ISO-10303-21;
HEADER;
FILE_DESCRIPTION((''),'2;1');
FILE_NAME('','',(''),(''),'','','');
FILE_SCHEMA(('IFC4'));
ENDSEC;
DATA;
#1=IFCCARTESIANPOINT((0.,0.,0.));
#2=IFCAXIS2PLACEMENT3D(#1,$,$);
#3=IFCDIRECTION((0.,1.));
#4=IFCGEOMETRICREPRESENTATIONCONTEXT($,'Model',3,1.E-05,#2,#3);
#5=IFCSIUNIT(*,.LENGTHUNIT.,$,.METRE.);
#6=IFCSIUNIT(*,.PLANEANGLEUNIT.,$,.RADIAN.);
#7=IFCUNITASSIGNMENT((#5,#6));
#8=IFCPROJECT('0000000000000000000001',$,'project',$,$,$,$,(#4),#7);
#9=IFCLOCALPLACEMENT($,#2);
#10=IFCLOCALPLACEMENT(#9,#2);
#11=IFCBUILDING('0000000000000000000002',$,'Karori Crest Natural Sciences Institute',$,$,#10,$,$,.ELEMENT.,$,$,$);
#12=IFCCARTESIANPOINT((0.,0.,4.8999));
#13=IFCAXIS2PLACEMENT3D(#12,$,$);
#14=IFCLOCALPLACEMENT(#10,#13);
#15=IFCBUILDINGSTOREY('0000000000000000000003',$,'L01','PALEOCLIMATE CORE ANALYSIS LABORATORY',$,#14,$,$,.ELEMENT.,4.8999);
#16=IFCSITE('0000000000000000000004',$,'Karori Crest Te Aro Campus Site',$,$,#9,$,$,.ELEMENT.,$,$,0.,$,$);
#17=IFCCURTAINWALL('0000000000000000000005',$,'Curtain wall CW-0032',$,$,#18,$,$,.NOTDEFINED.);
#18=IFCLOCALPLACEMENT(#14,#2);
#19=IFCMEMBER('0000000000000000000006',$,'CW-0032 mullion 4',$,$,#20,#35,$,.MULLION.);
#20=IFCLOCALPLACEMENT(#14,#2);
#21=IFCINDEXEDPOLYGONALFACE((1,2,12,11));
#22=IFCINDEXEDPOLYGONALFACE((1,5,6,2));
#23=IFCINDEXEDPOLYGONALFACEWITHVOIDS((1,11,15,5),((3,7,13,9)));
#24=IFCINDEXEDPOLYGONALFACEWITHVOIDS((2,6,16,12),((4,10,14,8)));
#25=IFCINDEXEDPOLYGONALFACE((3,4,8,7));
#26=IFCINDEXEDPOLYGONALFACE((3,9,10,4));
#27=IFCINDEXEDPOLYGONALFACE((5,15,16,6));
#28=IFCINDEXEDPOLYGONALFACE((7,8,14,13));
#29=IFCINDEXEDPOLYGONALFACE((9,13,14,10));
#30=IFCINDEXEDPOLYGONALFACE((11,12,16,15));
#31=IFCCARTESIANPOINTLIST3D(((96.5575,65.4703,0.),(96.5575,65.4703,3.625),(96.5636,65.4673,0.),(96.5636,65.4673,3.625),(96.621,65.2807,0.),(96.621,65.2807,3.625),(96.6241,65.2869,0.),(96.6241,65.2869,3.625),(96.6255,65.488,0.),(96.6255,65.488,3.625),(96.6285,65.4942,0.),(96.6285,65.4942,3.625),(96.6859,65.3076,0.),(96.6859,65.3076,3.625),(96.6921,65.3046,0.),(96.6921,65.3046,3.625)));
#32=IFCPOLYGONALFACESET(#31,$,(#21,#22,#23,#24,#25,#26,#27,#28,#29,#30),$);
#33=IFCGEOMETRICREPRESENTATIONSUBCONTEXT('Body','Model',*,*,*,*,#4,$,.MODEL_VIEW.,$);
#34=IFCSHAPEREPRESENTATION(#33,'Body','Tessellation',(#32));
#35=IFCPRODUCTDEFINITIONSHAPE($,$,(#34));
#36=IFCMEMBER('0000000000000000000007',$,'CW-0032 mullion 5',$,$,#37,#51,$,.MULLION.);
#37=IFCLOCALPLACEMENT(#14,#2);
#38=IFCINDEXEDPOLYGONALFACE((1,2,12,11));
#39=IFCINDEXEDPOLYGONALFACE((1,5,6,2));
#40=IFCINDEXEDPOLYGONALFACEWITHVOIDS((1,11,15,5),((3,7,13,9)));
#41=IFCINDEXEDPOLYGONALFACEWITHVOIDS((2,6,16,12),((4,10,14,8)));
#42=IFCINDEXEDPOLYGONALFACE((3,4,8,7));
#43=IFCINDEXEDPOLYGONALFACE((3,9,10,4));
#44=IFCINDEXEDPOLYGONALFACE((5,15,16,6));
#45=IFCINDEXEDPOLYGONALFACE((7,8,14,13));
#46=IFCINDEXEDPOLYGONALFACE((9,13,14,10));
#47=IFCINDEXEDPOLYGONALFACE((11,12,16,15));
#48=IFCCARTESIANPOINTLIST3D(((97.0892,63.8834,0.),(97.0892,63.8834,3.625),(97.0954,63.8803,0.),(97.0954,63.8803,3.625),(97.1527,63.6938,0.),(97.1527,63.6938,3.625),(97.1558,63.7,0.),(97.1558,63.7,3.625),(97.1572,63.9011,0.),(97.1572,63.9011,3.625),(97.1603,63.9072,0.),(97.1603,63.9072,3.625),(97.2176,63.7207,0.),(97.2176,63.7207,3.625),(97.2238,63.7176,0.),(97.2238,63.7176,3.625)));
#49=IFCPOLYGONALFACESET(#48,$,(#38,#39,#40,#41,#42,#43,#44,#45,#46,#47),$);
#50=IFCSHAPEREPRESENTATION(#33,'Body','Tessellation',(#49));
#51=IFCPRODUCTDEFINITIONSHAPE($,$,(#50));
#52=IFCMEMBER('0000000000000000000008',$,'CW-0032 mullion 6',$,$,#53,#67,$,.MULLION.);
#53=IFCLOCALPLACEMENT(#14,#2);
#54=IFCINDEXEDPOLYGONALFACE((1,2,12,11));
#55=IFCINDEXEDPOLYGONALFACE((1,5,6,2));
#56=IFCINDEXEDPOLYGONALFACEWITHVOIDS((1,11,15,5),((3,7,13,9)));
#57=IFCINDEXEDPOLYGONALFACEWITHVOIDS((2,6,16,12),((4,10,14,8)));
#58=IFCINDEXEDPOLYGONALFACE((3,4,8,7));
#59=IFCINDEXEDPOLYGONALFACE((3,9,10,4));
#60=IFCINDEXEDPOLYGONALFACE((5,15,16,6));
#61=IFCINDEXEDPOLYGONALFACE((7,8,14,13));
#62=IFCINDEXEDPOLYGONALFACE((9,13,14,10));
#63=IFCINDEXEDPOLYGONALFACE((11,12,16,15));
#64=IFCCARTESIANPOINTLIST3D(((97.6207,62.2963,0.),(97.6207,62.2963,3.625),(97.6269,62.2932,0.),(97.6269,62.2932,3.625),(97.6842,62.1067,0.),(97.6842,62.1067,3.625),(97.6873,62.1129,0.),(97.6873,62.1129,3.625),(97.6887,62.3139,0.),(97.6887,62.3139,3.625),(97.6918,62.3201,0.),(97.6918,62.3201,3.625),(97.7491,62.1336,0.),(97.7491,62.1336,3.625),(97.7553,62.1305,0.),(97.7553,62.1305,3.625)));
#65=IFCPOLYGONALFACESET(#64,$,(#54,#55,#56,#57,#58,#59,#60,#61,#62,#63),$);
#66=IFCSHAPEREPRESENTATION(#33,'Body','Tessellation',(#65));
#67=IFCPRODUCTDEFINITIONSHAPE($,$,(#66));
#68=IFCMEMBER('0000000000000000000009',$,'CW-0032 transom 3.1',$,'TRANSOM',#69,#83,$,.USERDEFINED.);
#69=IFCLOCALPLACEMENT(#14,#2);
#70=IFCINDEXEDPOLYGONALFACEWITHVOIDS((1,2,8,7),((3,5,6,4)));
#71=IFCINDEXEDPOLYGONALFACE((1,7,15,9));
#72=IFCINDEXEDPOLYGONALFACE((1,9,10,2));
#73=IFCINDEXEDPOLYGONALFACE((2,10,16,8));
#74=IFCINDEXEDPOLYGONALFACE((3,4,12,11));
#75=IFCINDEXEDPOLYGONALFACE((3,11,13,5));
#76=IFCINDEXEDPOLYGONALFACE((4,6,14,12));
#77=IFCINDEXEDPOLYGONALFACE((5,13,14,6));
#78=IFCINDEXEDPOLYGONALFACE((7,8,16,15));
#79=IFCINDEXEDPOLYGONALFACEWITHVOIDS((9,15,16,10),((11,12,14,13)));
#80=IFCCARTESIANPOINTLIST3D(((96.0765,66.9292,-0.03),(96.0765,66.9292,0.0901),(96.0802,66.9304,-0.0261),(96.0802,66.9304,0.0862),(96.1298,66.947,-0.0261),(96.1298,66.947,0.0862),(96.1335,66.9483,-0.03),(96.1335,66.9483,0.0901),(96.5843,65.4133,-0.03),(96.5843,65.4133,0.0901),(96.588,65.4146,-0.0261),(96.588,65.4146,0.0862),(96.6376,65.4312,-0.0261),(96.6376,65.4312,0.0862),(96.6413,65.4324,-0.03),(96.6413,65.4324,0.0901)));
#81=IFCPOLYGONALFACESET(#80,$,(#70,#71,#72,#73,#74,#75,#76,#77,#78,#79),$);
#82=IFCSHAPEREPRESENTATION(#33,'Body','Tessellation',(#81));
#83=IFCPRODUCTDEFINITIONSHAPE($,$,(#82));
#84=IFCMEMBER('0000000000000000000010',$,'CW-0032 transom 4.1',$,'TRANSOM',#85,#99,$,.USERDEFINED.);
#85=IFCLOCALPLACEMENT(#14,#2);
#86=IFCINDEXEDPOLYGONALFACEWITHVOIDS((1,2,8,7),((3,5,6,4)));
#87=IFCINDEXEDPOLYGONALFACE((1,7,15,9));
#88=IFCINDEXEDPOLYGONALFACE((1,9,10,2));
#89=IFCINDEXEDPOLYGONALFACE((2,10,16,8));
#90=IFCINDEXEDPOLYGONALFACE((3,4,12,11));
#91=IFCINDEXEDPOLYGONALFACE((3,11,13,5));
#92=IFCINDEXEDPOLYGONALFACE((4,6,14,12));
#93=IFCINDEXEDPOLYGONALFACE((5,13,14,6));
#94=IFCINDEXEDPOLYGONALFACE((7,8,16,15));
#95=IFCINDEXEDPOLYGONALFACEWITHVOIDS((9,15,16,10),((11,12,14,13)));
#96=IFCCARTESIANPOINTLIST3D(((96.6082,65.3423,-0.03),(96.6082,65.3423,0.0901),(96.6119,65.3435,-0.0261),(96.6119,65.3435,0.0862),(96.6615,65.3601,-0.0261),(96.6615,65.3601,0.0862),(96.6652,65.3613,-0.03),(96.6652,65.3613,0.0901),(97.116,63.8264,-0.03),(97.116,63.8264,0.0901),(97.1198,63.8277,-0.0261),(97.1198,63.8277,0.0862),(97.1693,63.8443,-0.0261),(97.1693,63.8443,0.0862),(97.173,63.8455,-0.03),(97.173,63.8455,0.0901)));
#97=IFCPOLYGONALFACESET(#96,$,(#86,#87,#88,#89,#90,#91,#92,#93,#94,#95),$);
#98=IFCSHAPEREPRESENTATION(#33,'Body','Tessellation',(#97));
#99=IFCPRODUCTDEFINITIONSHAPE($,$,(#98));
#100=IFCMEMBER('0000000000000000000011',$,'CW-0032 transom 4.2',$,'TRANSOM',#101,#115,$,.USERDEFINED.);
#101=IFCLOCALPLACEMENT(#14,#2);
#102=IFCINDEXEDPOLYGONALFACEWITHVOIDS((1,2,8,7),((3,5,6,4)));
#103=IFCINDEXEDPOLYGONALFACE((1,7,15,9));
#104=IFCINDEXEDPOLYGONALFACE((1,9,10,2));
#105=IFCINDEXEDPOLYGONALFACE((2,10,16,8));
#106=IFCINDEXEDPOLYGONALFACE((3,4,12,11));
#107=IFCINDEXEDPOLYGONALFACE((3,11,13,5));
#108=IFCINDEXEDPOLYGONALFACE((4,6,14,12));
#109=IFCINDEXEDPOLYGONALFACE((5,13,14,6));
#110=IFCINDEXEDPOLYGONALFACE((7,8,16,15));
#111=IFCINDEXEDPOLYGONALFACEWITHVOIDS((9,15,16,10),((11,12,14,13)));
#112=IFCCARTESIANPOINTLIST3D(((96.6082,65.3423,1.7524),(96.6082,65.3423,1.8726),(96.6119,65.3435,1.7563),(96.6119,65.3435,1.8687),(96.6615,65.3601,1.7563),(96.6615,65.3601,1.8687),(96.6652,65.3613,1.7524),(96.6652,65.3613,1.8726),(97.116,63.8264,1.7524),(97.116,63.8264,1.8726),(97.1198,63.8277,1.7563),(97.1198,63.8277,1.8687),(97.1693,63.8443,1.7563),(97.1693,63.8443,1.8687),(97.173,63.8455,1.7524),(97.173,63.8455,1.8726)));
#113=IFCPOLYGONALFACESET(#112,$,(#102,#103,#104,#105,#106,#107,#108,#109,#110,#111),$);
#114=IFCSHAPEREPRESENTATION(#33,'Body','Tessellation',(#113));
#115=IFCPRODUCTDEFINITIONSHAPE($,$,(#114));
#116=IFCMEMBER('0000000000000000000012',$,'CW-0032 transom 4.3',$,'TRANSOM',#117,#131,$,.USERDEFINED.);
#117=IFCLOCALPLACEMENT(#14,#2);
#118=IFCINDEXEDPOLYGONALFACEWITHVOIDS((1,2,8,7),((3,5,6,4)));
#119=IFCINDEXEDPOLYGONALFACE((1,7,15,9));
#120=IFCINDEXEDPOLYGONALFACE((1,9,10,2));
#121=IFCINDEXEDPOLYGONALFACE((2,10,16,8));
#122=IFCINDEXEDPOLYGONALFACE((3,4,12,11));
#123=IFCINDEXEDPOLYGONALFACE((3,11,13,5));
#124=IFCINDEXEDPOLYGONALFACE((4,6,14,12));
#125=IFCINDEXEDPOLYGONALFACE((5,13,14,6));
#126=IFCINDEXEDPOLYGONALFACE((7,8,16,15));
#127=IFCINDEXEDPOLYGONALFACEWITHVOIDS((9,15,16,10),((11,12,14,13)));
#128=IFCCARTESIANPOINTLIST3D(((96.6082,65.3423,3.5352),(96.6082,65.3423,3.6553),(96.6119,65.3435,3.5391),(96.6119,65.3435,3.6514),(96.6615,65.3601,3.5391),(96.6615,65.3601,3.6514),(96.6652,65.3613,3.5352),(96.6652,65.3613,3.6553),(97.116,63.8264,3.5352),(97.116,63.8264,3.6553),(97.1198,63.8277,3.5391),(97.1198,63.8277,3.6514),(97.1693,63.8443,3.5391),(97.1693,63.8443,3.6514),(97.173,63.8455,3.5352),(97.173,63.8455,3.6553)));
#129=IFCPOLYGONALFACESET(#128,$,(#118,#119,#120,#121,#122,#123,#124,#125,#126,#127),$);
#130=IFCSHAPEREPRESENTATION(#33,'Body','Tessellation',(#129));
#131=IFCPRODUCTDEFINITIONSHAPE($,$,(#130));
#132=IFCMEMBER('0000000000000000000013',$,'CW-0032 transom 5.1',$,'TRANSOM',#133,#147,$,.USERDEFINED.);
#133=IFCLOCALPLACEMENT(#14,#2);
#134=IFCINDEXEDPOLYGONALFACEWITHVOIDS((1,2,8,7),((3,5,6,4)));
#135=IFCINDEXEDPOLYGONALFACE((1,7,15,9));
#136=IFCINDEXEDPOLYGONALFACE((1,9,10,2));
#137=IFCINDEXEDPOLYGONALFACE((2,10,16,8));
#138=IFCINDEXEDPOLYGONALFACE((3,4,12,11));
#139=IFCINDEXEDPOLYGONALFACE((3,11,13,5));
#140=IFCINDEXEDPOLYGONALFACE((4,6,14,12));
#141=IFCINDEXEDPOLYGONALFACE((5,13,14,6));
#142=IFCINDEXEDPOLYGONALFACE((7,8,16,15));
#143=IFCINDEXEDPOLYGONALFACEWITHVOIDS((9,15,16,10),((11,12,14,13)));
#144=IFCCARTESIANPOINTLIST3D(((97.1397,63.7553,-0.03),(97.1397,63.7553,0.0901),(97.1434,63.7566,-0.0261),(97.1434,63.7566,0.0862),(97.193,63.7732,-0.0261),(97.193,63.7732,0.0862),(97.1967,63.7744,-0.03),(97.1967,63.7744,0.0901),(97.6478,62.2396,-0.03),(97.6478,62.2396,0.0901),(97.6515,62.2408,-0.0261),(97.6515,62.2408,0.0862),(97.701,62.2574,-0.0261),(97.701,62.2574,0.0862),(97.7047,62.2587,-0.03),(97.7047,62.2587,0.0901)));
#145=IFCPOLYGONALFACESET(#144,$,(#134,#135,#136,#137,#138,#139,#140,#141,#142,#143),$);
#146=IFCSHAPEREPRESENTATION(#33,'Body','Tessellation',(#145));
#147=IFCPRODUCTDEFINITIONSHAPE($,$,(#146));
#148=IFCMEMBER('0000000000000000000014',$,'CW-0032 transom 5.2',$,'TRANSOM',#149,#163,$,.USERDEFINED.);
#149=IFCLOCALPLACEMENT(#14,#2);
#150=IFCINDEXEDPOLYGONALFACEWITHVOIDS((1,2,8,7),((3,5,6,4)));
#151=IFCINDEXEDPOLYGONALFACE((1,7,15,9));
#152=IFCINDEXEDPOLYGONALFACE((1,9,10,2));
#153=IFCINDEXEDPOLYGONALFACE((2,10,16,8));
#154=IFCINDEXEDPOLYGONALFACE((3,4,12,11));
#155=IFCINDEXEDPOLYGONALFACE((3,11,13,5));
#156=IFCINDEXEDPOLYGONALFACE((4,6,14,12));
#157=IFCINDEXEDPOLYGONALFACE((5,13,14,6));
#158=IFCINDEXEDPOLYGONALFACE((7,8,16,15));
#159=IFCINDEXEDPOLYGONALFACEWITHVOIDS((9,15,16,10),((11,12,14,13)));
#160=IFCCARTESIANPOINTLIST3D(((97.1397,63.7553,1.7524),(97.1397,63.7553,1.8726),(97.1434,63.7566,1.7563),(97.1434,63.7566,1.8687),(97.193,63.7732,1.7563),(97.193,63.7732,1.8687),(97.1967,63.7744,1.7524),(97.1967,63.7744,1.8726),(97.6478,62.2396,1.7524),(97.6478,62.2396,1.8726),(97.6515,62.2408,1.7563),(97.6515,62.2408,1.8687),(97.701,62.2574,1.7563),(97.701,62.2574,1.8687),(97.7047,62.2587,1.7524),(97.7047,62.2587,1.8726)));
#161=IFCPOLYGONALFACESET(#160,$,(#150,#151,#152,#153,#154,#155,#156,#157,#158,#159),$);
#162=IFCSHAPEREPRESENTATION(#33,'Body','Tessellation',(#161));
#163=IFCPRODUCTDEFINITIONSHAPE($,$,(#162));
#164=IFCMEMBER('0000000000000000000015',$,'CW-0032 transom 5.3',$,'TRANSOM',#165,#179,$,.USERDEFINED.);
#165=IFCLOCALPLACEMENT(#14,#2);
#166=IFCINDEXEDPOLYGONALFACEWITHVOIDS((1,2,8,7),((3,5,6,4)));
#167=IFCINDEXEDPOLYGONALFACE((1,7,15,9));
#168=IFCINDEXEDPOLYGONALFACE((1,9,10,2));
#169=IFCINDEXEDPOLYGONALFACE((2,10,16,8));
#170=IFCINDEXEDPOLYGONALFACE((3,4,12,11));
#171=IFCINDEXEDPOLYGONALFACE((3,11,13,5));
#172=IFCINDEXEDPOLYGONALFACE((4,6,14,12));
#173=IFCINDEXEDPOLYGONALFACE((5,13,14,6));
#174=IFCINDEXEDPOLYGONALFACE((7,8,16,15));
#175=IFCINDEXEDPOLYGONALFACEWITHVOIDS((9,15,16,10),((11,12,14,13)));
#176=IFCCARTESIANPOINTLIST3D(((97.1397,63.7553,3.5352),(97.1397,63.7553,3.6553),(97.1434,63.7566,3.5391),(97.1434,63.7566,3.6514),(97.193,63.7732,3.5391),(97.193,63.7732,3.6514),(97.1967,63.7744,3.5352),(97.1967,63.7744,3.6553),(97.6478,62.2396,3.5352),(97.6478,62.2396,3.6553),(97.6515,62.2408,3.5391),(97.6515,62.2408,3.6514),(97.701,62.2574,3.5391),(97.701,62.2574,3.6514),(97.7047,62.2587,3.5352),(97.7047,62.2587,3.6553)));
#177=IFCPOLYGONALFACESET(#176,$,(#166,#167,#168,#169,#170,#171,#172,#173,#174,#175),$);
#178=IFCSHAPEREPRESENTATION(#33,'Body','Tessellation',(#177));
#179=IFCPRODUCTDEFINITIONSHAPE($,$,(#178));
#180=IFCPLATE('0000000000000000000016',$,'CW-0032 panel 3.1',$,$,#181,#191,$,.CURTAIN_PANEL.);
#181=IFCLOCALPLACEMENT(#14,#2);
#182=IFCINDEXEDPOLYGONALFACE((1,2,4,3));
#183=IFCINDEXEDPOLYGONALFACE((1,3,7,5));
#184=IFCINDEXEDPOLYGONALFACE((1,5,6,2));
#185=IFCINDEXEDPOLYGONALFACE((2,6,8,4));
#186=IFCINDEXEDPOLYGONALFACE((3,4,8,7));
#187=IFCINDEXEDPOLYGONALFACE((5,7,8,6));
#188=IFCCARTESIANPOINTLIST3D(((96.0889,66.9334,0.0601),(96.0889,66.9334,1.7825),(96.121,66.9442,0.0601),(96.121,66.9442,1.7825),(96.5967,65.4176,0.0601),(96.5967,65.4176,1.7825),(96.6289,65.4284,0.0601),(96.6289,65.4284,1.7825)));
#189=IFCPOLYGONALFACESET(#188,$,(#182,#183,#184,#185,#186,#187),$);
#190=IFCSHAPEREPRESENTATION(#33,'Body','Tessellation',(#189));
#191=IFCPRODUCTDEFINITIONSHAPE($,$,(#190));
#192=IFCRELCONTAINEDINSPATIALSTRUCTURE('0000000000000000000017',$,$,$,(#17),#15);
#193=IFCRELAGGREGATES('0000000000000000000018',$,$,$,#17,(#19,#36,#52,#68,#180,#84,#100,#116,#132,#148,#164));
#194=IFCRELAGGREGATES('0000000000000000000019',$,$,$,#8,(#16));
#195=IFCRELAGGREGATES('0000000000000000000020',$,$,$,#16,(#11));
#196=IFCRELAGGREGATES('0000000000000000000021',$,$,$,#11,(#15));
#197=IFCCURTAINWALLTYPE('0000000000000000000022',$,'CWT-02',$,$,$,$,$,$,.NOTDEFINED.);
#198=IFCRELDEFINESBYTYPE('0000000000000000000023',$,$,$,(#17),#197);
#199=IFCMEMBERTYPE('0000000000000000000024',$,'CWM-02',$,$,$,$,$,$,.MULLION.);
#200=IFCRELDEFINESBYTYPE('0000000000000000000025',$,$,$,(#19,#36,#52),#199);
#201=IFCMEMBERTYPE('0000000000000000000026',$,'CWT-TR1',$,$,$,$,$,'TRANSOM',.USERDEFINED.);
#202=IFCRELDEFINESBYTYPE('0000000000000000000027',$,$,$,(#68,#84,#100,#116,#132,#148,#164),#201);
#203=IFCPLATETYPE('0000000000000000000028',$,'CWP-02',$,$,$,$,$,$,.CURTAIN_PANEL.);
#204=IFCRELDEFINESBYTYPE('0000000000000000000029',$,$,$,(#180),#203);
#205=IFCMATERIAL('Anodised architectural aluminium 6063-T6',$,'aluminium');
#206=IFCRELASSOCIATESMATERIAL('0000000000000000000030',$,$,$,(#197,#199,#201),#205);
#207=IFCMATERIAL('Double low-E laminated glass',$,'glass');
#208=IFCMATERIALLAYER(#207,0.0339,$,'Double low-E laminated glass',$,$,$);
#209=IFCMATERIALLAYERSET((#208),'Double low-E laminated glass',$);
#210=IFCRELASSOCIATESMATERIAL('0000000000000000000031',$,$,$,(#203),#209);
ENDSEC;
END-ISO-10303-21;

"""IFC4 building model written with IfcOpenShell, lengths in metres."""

from ifc_helpers import new_model, si_unit, direction, frame, origin, origin_2d, place, context, subcontext, project, spatial, rectangle, hollow_rectangle, extrude, material, layer, layer_set, material_profile, profile_set, type_object, element, aggregate, save


model = new_model("IFC4")

# Units and contexts
model_context = context("Model", 3, precision=1e-05, world=origin(), true_north=direction((0.0, 1.0)))
body_context = subcontext(model_context, "Body", "Model", "MODEL_VIEW")
ifc_project = project(units=[si_unit("LENGTHUNIT", "METRE"), si_unit("PLANEANGLEUNIT", "RADIAN")], contexts=[model_context])

# Site, building, storey
site_placement = place(None, origin())
site = spatial("IfcSite", under=ifc_project, at=site_placement, Name="Karori Crest Te Aro Campus Site", CompositionType="ELEMENT", RefElevation=0.0)
building_placement = place(site_placement, origin())
building = spatial("IfcBuilding", under=site, at=building_placement, Name="Karori Crest Natural Sciences Institute", CompositionType="ELEMENT")
storey_placement = place(building_placement, frame((0.0, 0.0, 4.8999)))
storey = spatial("IfcBuildingStorey", under=building, at=storey_placement, Name="L01", Description="PALEOCLIMATE CORE ANALYSIS LABORATORY", CompositionType="ELEMENT", Elevation=4.8999)

# Curtain wall, members, plate
ifc_material_1 = material(Name="Anodised architectural aluminium 6063-T6", Category="aluminium")
curtain_wall_type = type_object("IfcCurtainWallType", Name="CWT-02", PredefinedType="NOTDEFINED", material=ifc_material_1)
curtain_wall_placement = place(storey_placement, origin())
curtain_wall = element("IfcCurtainWall", 1, at=curtain_wall_placement, inside=storey, type_object=curtain_wall_type, Name="Curtain wall CW-0032", PredefinedType="NOTDEFINED")
ifc_material_profile_1 = material_profile(ifc_material_1, hollow_rectangle(XDim=0.075, YDim=0.2, WallThickness=0.0049, at=origin_2d()), Name="CWM200x75x5")
ifc_profile_set_1 = profile_set([ifc_material_profile_1], Name="Anodised architectural aluminium 6063-T6")
member_type_1 = type_object("IfcMemberType", Name="CWM-02", PredefinedType="MULLION", material=ifc_profile_set_1)
member_1_placement = place(storey_placement, frame((96.6248, 65.3875, 0.0), z_axis=(0.0, 0.0, 1.0), x_axis=(0.948196, 0.317685, 0.0)))
member_1 = element("IfcMember", 2, at=member_1_placement, type_object=member_type_1, Name="CW-0032 mullion 4", PredefinedType="MULLION", context=body_context, shape_type="SweptSolid", body=[
    extrude(hollow_rectangle(XDim=0.075, YDim=0.2, WallThickness=0.0049, at=origin_2d()), origin(), (0.0, 0.0, 1.0), 3.625),
])
member_2_placement = place(storey_placement, frame((97.1565, 63.8005, 0.0), z_axis=(0.0, 0.0, 1.0), x_axis=(0.948196, 0.317685, 0.0)))
member_2 = element("IfcMember", 3, at=member_2_placement, type_object=member_type_1, Name="CW-0032 mullion 5", PredefinedType="MULLION", context=body_context, shape_type="SweptSolid", body=[
    extrude(hollow_rectangle(XDim=0.075, YDim=0.2, WallThickness=0.0049, at=origin_2d()), origin(), (0.0, 0.0, 1.0), 3.625),
])
member_3_placement = place(storey_placement, frame((97.688, 62.2134, 0.0), z_axis=(0.0, 0.0, 1.0), x_axis=(0.948196, 0.317685, 0.0)))
member_3 = element("IfcMember", 4, at=member_3_placement, type_object=member_type_1, Name="CW-0032 mullion 6", PredefinedType="MULLION", context=body_context, shape_type="SweptSolid", body=[
    extrude(hollow_rectangle(XDim=0.075, YDim=0.2, WallThickness=0.0049, at=origin_2d()), origin(), (0.0, 0.0, 1.0), 3.625),
])
ifc_material_profile_2 = material_profile(ifc_material_1, hollow_rectangle(XDim=0.0601, YDim=0.1201, WallThickness=0.0039, at=origin_2d()), Name="CWT120x60x4")
ifc_profile_set_2 = profile_set([ifc_material_profile_2], Name="Anodised architectural aluminium 6063-T6")
member_type_2 = type_object("IfcMemberType", Name="CWT-TR1", ElementType="TRANSOM", PredefinedType="USERDEFINED", material=ifc_profile_set_2)
member_4_placement = place(storey_placement, frame((96.105, 66.9387, 0.03), z_axis=(0.317648, -0.948209, 0.0), x_axis=(0.948209, 0.317648, 0.0)))
member_4 = element("IfcMember", 5, at=member_4_placement, type_object=member_type_2, Name="CW-0032 transom 3.1", ObjectType="TRANSOM", PredefinedType="USERDEFINED", context=body_context, shape_type="SweptSolid", body=[
    extrude(hollow_rectangle(XDim=0.0601, YDim=0.1201, WallThickness=0.0039, at=origin_2d()), origin(), (0.0, 0.0, 1.0), 1.5986),
])
member_5_placement = place(storey_placement, frame((96.6367, 65.3518, 0.03), z_axis=(0.317648, -0.948209, 0.0), x_axis=(0.948209, 0.317648, 0.0)))
member_5 = element("IfcMember", 6, at=member_5_placement, type_object=member_type_2, Name="CW-0032 transom 4.1", ObjectType="TRANSOM", PredefinedType="USERDEFINED", context=body_context, shape_type="SweptSolid", body=[
    extrude(hollow_rectangle(XDim=0.0601, YDim=0.1201, WallThickness=0.0039, at=origin_2d()), origin(), (0.0, 0.0, 1.0), 1.5986),
])
member_6_placement = place(storey_placement, frame((96.6367, 65.3518, 1.8125), z_axis=(0.317648, -0.948209, 0.0), x_axis=(0.948209, 0.317648, 0.0)))
member_6 = element("IfcMember", 7, at=member_6_placement, type_object=member_type_2, Name="CW-0032 transom 4.2", ObjectType="TRANSOM", PredefinedType="USERDEFINED", context=body_context, shape_type="SweptSolid", body=[
    extrude(hollow_rectangle(XDim=0.0601, YDim=0.1201, WallThickness=0.0039, at=origin_2d()), origin(), (0.0, 0.0, 1.0), 1.5986),
])
member_7_placement = place(storey_placement, frame((96.6367, 65.3518, 3.5952), z_axis=(0.317648, -0.948209, 0.0), x_axis=(0.948209, 0.317648, 0.0)))
member_7 = element("IfcMember", 8, at=member_7_placement, type_object=member_type_2, Name="CW-0032 transom 4.3", ObjectType="TRANSOM", PredefinedType="USERDEFINED", context=body_context, shape_type="SweptSolid", body=[
    extrude(hollow_rectangle(XDim=0.0601, YDim=0.1201, WallThickness=0.0039, at=origin_2d()), origin(), (0.0, 0.0, 1.0), 1.5986),
])
member_8_placement = place(storey_placement, frame((97.1682, 63.7649, 0.03), z_axis=(0.317785, -0.948163, 0.0), x_axis=(0.948163, 0.317785, 0.0)))
member_8 = element("IfcMember", 9, at=member_8_placement, type_object=member_type_2, Name="CW-0032 transom 5.1", ObjectType="TRANSOM", PredefinedType="USERDEFINED", context=body_context, shape_type="SweptSolid", body=[
    extrude(hollow_rectangle(XDim=0.0601, YDim=0.1201, WallThickness=0.0039, at=origin_2d()), origin(), (0.0, 0.0, 1.0), 1.5986),
])
member_9_placement = place(storey_placement, frame((97.1682, 63.7649, 1.8125), z_axis=(0.317785, -0.948163, 0.0), x_axis=(0.948163, 0.317785, 0.0)))
member_9 = element("IfcMember", 10, at=member_9_placement, type_object=member_type_2, Name="CW-0032 transom 5.2", ObjectType="TRANSOM", PredefinedType="USERDEFINED", context=body_context, shape_type="SweptSolid", body=[
    extrude(hollow_rectangle(XDim=0.0601, YDim=0.1201, WallThickness=0.0039, at=origin_2d()), origin(), (0.0, 0.0, 1.0), 1.5986),
])
member_10_placement = place(storey_placement, frame((97.1682, 63.7649, 3.5952), z_axis=(0.317785, -0.948163, 0.0), x_axis=(0.948163, 0.317785, 0.0)))
member_10 = element("IfcMember", 11, at=member_10_placement, type_object=member_type_2, Name="CW-0032 transom 5.3", ObjectType="TRANSOM", PredefinedType="USERDEFINED", context=body_context, shape_type="SweptSolid", body=[
    extrude(hollow_rectangle(XDim=0.0601, YDim=0.1201, WallThickness=0.0039, at=origin_2d()), origin(), (0.0, 0.0, 1.0), 1.5986),
])
ifc_material_2 = material(Name="Double low-E laminated glass", Category="glass")
ifc_layer_1 = layer(ifc_material_2, 0.0339, Name="Double low-E laminated glass")
ifc_layer_set_1 = layer_set([ifc_layer_1], Name="Double low-E laminated glass")
plate_type = type_object("IfcPlateType", Name="CWP-02", PredefinedType="CURTAIN_PANEL", material=ifc_layer_set_1)
plate_1_placement = place(storey_placement, frame((96.3589, 66.1809, 0.0601), z_axis=(0.0, 0.0, 1.0), x_axis=(0.317685, -0.948196, 0.0)))
plate_1 = element("IfcPlate", 12, at=plate_1_placement, type_object=plate_type, Name="CW-0032 panel 3.1", PredefinedType="CURTAIN_PANEL", context=body_context, shape_type="SweptSolid", body=[
    extrude(rectangle(XDim=1.5986, YDim=0.0339, at=origin_2d()), origin(), (0.0, 0.0, 1.0), 1.7224),
])
aggregate(curtain_wall, [member_1, member_2, member_3, member_4, plate_1, member_5, member_6, member_7, member_8, member_9, member_10])

save(model, "model.ifc")
